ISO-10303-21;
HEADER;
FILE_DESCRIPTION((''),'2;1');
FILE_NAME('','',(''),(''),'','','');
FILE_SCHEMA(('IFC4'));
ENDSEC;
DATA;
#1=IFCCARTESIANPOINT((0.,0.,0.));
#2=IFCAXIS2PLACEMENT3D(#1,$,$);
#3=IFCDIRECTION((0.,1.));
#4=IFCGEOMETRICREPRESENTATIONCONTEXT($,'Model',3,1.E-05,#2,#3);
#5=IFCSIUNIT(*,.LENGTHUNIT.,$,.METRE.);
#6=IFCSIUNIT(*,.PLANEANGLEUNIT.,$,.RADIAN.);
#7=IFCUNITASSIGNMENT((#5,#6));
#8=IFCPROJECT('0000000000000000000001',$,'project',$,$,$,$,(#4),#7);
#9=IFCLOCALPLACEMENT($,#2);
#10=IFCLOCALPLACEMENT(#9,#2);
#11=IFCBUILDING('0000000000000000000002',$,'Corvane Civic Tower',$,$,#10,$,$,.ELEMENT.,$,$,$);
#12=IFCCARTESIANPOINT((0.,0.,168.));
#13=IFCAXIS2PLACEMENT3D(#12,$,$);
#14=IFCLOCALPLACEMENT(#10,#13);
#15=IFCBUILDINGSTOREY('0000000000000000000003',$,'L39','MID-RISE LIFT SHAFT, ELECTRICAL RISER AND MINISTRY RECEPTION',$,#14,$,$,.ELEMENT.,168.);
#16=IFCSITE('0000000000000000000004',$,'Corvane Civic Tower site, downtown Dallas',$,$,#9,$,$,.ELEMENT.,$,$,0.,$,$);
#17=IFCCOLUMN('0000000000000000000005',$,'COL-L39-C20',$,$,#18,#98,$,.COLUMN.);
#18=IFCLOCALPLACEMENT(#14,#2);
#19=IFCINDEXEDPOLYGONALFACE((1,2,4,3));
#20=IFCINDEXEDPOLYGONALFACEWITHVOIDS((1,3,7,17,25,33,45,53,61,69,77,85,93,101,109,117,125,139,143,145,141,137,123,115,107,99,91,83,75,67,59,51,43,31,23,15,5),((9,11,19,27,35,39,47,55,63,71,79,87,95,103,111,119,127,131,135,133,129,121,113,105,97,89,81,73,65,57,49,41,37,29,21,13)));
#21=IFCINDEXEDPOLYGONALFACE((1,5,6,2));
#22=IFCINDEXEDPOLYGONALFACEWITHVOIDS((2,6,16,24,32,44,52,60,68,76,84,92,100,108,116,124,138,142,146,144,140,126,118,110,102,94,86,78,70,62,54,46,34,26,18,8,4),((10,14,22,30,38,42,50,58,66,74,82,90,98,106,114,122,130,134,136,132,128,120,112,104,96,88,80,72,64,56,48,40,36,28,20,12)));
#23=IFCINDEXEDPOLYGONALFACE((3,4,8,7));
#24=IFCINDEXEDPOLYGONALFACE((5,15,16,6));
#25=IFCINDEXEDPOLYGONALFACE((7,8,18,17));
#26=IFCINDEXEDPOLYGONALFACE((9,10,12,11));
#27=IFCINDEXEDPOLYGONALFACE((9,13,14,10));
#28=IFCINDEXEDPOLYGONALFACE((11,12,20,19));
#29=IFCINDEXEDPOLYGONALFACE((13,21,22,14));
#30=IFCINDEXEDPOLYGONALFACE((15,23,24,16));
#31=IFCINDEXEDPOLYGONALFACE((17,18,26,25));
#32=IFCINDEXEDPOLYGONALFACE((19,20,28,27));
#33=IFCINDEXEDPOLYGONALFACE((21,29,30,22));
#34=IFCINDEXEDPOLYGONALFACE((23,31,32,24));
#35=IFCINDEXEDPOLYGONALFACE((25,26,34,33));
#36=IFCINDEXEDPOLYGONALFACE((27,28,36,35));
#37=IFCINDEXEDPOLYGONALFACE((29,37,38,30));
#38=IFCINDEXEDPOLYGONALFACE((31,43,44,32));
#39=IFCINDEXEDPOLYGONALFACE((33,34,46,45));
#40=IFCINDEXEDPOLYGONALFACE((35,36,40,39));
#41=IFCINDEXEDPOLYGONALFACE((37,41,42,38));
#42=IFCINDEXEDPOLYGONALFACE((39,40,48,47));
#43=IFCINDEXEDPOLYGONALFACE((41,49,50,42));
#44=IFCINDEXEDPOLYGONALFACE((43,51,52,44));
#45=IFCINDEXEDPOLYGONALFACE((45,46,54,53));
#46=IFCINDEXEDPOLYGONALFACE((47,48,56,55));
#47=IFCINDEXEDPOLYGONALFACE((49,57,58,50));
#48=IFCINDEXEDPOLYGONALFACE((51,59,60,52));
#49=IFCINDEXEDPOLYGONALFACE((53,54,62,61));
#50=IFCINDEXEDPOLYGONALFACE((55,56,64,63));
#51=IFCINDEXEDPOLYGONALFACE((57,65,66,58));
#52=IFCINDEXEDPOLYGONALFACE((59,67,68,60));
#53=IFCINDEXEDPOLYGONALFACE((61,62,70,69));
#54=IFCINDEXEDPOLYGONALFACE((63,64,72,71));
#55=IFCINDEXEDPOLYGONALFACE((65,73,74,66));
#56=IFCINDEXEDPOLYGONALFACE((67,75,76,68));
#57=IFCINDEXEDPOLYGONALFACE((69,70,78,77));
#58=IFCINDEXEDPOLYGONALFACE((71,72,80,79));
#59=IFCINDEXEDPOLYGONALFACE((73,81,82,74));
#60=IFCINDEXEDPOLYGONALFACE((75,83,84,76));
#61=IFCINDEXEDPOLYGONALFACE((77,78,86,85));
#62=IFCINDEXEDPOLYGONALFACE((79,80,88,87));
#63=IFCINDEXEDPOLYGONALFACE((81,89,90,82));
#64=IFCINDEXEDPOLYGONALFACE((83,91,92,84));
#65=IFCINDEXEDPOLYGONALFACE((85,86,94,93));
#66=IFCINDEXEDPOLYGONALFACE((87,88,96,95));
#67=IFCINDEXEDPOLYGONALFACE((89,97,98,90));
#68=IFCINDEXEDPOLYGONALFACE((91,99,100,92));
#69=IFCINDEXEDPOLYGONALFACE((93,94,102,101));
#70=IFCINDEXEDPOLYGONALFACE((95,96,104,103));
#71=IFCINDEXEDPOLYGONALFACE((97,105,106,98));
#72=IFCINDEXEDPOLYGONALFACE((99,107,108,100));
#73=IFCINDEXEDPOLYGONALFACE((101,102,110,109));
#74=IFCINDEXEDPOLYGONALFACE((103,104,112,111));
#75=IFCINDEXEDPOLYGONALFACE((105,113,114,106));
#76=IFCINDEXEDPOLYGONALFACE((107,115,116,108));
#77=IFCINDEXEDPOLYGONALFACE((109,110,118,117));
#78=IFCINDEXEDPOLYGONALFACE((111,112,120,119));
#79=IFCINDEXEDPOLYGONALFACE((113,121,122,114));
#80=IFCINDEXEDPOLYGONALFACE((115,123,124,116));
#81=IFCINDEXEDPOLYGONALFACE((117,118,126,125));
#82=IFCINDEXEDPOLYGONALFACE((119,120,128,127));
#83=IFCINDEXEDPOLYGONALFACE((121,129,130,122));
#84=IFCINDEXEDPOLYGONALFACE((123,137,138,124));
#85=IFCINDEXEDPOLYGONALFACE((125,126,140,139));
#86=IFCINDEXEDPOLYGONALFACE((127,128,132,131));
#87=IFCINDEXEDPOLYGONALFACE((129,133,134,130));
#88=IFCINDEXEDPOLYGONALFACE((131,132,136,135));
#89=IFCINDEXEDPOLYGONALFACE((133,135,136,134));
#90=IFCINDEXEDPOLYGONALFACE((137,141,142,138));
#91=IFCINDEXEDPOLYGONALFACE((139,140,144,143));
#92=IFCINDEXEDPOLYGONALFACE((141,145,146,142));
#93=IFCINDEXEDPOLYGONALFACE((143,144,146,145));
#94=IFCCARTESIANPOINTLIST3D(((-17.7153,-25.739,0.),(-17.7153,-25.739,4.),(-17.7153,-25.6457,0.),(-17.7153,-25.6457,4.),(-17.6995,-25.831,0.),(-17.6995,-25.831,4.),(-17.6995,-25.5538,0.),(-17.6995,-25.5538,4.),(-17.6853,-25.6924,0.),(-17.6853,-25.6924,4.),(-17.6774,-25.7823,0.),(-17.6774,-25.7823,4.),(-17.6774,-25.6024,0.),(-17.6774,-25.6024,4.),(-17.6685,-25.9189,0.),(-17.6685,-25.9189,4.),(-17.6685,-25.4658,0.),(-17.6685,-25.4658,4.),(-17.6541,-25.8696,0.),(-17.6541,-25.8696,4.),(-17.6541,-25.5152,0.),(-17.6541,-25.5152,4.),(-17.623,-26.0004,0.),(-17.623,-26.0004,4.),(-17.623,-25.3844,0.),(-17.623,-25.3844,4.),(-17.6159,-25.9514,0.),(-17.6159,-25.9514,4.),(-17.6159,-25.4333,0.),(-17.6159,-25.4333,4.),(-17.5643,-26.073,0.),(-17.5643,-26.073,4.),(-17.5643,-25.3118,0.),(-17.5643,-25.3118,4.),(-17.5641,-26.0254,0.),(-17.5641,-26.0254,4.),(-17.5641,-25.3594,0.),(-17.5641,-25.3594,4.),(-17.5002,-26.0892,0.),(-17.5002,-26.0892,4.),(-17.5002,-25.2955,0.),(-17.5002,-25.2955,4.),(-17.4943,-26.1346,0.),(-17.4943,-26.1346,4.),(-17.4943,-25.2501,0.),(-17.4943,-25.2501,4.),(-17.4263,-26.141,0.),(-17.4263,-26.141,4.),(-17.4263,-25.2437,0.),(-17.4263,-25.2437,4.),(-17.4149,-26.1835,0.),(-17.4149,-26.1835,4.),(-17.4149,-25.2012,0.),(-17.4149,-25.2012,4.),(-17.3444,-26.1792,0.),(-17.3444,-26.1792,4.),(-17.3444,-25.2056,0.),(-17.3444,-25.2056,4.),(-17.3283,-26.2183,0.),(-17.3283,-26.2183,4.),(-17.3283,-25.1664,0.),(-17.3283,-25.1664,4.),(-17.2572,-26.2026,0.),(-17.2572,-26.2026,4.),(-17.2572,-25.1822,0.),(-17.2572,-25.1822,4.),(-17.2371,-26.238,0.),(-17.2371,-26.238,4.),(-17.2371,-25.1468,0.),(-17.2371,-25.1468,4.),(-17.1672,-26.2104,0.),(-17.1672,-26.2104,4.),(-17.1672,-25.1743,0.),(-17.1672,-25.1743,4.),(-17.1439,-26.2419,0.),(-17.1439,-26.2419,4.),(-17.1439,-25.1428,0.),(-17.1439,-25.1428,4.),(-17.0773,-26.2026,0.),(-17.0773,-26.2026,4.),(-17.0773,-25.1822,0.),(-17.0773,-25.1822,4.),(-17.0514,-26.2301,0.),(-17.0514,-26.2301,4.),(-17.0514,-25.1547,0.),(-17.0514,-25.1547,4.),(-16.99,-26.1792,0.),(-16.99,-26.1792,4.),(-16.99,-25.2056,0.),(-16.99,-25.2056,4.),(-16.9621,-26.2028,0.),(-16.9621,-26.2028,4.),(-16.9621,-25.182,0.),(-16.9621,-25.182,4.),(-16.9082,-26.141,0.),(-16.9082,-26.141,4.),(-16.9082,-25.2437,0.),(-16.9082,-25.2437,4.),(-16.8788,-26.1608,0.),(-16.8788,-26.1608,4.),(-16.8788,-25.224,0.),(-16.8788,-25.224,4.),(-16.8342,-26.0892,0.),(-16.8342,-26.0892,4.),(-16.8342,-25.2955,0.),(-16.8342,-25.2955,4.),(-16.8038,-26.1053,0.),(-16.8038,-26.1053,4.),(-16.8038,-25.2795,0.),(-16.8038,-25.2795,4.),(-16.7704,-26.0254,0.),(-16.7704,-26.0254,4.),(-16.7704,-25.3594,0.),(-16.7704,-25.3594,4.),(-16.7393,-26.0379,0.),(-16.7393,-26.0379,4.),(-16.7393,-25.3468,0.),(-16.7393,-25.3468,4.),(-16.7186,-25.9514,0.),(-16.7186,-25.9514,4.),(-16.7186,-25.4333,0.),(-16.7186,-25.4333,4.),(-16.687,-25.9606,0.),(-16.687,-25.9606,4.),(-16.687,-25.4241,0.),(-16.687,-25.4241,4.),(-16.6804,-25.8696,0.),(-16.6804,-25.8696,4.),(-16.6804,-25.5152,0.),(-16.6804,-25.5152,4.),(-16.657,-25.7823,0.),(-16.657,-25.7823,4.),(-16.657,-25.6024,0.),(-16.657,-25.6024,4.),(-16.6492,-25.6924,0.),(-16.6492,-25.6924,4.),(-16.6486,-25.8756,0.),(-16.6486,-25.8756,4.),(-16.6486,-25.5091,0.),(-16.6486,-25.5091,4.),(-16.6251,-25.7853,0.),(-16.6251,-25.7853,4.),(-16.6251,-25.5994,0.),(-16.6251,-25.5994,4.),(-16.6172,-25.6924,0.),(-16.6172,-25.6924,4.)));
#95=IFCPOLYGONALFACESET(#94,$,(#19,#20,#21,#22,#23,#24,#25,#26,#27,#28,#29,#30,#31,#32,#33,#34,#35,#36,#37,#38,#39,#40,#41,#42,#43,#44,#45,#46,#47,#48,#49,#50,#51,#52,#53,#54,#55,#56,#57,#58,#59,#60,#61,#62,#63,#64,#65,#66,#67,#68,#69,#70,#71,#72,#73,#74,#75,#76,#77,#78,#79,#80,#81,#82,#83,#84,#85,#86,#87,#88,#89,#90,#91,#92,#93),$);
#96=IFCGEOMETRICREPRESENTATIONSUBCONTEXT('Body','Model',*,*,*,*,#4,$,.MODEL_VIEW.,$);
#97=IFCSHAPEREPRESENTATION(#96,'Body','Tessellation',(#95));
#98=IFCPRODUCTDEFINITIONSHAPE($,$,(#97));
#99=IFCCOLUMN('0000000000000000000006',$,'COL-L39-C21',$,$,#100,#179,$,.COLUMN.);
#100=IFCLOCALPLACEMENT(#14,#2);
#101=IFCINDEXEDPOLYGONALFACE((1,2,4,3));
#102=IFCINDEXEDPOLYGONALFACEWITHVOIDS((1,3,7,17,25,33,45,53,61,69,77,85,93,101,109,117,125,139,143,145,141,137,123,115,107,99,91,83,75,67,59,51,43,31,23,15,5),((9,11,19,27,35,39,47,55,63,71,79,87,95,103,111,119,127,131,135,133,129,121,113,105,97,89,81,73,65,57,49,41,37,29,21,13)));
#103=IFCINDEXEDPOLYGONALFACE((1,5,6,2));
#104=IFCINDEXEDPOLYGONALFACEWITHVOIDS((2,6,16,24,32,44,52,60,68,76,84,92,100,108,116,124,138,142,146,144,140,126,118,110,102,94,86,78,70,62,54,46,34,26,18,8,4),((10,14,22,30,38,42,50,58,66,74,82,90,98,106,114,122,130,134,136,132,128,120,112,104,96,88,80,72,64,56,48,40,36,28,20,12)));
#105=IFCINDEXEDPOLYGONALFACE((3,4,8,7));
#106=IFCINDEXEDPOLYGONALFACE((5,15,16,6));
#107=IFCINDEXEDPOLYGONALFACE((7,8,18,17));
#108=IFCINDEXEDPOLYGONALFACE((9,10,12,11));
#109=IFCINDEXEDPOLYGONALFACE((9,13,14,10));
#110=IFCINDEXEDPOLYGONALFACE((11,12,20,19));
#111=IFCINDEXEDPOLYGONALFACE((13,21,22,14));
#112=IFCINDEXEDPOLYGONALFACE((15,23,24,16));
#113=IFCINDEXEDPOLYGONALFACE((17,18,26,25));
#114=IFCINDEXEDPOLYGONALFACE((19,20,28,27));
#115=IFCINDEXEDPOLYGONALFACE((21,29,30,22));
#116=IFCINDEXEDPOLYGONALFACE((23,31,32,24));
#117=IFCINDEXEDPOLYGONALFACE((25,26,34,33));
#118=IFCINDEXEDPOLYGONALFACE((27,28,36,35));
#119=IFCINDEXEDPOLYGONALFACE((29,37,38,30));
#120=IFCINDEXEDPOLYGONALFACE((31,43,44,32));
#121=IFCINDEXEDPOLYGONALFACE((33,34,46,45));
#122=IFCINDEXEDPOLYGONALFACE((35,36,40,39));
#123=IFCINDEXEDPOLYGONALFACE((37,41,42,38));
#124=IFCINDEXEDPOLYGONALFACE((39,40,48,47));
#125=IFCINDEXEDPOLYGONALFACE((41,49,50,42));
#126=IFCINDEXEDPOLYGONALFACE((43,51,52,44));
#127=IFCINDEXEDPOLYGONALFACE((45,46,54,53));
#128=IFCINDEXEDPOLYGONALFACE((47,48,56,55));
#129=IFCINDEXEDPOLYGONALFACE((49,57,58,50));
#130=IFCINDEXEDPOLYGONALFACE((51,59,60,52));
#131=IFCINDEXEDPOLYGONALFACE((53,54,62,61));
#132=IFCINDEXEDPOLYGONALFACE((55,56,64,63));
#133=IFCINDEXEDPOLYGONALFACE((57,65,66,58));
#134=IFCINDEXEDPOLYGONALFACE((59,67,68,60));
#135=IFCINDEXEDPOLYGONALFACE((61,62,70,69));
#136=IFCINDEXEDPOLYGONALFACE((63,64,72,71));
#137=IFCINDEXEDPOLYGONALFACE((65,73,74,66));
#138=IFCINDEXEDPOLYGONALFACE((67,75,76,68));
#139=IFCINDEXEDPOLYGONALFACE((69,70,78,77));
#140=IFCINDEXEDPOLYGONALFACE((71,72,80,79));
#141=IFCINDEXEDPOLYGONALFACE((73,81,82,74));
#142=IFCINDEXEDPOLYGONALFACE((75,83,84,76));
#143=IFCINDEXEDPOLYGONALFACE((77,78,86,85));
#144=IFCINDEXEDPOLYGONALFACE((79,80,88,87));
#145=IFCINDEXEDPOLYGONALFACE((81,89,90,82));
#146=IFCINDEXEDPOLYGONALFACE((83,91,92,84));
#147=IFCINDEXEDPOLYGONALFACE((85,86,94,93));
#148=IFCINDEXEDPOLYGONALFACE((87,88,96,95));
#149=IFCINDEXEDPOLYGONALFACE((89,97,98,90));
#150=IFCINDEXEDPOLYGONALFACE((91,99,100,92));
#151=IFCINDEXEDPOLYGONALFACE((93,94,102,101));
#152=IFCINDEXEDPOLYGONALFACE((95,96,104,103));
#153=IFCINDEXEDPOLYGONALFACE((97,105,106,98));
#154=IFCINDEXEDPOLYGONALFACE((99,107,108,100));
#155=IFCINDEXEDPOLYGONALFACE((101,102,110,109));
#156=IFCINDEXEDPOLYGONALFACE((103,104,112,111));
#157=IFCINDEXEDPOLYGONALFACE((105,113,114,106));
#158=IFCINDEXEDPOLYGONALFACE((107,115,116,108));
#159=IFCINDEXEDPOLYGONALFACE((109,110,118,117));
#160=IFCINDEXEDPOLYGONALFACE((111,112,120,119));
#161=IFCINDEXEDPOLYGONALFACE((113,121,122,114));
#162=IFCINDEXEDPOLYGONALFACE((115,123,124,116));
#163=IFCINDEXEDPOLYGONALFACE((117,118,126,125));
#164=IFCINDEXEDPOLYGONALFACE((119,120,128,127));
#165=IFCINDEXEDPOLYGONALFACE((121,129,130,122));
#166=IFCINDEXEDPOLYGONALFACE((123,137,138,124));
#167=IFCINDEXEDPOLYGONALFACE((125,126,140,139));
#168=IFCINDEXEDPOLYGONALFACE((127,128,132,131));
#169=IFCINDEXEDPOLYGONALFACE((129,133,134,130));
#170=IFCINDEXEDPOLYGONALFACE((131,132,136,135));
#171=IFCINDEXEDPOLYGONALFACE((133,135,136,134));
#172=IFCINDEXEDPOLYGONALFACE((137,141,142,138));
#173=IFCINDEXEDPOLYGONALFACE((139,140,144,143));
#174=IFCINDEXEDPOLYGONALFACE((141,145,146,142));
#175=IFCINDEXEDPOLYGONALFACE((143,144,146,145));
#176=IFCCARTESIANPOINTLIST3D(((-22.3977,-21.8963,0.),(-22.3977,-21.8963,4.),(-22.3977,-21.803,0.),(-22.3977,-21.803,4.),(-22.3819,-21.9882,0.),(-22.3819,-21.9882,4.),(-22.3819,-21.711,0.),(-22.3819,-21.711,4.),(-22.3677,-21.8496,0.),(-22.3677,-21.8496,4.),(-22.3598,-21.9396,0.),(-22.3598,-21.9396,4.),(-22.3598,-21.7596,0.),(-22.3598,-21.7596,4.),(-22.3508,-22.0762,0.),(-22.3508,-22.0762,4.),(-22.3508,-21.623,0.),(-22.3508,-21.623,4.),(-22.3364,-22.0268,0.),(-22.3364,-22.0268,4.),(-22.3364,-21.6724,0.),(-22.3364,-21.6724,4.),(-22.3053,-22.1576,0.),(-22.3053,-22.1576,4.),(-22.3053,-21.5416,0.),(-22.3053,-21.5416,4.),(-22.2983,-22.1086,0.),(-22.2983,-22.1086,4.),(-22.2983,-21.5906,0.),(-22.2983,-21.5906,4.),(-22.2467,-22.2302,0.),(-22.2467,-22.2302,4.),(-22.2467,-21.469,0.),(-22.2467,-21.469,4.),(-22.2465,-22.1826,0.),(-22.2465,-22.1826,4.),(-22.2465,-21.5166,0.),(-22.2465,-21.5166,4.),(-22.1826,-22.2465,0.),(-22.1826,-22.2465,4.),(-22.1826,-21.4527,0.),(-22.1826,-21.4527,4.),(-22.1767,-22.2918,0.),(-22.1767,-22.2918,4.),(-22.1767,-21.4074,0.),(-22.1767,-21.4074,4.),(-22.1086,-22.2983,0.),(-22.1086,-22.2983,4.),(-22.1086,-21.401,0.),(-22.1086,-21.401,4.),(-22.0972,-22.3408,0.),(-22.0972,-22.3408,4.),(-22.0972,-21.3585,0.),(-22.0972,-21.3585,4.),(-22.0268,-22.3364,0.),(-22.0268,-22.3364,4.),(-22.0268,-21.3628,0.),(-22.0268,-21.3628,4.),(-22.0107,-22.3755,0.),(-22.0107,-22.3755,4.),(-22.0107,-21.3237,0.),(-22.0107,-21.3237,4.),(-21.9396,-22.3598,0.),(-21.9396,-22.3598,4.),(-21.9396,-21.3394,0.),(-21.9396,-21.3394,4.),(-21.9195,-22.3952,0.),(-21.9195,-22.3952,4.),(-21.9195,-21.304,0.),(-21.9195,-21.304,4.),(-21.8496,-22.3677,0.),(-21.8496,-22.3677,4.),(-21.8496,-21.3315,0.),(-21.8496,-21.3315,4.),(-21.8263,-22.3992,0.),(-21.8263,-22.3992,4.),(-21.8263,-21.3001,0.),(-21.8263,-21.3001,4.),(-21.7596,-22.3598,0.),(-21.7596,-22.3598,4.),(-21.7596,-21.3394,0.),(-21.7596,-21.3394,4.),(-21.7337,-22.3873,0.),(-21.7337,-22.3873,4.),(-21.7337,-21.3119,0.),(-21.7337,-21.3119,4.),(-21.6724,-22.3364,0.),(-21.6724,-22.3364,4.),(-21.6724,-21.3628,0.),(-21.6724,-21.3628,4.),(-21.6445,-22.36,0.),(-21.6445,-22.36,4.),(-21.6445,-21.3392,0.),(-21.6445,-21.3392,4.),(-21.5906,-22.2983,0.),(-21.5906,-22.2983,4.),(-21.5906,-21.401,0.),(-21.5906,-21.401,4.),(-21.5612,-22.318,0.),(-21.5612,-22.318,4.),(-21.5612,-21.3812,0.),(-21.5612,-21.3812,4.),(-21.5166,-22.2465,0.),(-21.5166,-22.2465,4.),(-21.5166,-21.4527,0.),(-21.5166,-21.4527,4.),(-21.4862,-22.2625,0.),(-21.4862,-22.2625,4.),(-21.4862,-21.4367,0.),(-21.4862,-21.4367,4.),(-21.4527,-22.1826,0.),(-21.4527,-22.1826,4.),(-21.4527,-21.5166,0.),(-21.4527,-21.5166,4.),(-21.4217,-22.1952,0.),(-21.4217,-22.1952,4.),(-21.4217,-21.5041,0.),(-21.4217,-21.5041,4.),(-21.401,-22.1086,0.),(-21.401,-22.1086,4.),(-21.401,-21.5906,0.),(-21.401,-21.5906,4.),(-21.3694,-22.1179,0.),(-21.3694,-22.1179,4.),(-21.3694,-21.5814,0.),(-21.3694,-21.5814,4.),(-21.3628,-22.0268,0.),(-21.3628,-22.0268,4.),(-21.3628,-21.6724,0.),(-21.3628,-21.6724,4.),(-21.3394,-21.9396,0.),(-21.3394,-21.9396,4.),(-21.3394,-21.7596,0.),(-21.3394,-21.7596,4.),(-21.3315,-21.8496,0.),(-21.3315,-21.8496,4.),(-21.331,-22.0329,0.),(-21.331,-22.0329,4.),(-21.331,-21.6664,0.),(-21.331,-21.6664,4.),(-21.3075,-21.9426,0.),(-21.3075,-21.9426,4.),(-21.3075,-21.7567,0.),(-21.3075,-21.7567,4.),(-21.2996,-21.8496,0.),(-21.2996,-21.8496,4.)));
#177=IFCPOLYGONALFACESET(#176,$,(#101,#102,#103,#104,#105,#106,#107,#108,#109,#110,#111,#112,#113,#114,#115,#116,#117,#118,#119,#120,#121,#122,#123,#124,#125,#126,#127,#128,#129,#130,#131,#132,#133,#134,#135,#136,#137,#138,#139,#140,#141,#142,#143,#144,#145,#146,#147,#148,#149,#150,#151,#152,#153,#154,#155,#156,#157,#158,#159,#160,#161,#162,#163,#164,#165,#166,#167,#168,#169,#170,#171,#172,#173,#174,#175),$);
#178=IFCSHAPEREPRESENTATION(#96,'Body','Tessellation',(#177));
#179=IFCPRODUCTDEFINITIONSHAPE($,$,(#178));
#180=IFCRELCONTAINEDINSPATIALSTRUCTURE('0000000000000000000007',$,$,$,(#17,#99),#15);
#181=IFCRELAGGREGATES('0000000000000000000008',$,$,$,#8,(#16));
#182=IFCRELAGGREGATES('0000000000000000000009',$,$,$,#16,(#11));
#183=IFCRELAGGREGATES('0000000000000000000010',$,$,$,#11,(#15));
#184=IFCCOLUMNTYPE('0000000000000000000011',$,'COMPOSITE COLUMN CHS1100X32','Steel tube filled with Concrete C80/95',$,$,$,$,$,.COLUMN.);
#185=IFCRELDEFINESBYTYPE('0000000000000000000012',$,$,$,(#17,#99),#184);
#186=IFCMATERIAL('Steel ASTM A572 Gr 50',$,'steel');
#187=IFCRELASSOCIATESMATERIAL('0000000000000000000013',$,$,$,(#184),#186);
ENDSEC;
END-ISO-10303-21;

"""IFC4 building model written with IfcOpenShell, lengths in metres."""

from ifc_helpers import new_model, si_unit, direction, frame, origin, origin_2d, place, context, subcontext, project, spatial, hollow_circle, extrude, material, material_profile, profile_set, type_object, element, save


model = new_model("IFC4")

# Units and contexts
model_context = context("Model", 3, precision=1e-05, world=origin(), true_north=direction((0.0, 1.0)))
body_context = subcontext(model_context, "Body", "Model", "MODEL_VIEW")
ifc_project = project(units=[si_unit("LENGTHUNIT", "METRE"), si_unit("PLANEANGLEUNIT", "RADIAN")], contexts=[model_context])

# Site, building, storey
site_placement = place(None, origin())
site = spatial("IfcSite", under=ifc_project, at=site_placement, Name="Corvane Civic Tower site, downtown Dallas", CompositionType="ELEMENT", RefElevation=0.0)
building_placement = place(site_placement, origin())
building = spatial("IfcBuilding", under=site, at=building_placement, Name="Corvane Civic Tower", CompositionType="ELEMENT")
storey_placement = place(building_placement, frame((0.0, 0.0, 168.0)))
storey = spatial("IfcBuildingStorey", under=building, at=storey_placement, Name="L39", Description="MID-RISE LIFT SHAFT, ELECTRICAL RISER AND MINISTRY RECEPTION", CompositionType="ELEMENT", Elevation=168.0)

# Columns
ifc_material_1 = material(Name="Steel ASTM A572 Gr 50", Category="steel")
ifc_material_profile_1 = material_profile(ifc_material_1, hollow_circle(Radius=0.55, WallThickness=0.032, at=origin_2d()), Name="CHS1100X32")
ifc_profile_set_1 = profile_set([ifc_material_profile_1], Name="Steel ASTM A572 Gr 50")
column_type = type_object("IfcColumnType", Name="COMPOSITE COLUMN CHS1100X32", Description="Steel tube filled with Concrete C80/95", PredefinedType="COLUMN", material=ifc_profile_set_1)
for number, where, z_axis, x_axis, name in (
    (1, (-17.1672, -25.6924, 0.0), (0.0, 0.0, 1.0), (1.0, 0.0, 0.0), "COL-L39-C20"),
    (2, (-21.8496, -21.8496, 0.0), (0.0, 0.0, 1.0), (1.0, 0.0, 0.0), "COL-L39-C21"),
):
    element("IfcColumn", number, at=place(storey_placement, frame(where, z_axis=z_axis, x_axis=x_axis)), inside=storey, type_object=column_type, Name=name, PredefinedType="COLUMN", context=body_context, shape_type="SweptSolid", body=[
        extrude(hollow_circle(Radius=0.55, WallThickness=0.032, at=origin_2d()), origin(), (0.0, 0.0, 1.0), 4.0),
    ])

save(model, "model.ifc")
